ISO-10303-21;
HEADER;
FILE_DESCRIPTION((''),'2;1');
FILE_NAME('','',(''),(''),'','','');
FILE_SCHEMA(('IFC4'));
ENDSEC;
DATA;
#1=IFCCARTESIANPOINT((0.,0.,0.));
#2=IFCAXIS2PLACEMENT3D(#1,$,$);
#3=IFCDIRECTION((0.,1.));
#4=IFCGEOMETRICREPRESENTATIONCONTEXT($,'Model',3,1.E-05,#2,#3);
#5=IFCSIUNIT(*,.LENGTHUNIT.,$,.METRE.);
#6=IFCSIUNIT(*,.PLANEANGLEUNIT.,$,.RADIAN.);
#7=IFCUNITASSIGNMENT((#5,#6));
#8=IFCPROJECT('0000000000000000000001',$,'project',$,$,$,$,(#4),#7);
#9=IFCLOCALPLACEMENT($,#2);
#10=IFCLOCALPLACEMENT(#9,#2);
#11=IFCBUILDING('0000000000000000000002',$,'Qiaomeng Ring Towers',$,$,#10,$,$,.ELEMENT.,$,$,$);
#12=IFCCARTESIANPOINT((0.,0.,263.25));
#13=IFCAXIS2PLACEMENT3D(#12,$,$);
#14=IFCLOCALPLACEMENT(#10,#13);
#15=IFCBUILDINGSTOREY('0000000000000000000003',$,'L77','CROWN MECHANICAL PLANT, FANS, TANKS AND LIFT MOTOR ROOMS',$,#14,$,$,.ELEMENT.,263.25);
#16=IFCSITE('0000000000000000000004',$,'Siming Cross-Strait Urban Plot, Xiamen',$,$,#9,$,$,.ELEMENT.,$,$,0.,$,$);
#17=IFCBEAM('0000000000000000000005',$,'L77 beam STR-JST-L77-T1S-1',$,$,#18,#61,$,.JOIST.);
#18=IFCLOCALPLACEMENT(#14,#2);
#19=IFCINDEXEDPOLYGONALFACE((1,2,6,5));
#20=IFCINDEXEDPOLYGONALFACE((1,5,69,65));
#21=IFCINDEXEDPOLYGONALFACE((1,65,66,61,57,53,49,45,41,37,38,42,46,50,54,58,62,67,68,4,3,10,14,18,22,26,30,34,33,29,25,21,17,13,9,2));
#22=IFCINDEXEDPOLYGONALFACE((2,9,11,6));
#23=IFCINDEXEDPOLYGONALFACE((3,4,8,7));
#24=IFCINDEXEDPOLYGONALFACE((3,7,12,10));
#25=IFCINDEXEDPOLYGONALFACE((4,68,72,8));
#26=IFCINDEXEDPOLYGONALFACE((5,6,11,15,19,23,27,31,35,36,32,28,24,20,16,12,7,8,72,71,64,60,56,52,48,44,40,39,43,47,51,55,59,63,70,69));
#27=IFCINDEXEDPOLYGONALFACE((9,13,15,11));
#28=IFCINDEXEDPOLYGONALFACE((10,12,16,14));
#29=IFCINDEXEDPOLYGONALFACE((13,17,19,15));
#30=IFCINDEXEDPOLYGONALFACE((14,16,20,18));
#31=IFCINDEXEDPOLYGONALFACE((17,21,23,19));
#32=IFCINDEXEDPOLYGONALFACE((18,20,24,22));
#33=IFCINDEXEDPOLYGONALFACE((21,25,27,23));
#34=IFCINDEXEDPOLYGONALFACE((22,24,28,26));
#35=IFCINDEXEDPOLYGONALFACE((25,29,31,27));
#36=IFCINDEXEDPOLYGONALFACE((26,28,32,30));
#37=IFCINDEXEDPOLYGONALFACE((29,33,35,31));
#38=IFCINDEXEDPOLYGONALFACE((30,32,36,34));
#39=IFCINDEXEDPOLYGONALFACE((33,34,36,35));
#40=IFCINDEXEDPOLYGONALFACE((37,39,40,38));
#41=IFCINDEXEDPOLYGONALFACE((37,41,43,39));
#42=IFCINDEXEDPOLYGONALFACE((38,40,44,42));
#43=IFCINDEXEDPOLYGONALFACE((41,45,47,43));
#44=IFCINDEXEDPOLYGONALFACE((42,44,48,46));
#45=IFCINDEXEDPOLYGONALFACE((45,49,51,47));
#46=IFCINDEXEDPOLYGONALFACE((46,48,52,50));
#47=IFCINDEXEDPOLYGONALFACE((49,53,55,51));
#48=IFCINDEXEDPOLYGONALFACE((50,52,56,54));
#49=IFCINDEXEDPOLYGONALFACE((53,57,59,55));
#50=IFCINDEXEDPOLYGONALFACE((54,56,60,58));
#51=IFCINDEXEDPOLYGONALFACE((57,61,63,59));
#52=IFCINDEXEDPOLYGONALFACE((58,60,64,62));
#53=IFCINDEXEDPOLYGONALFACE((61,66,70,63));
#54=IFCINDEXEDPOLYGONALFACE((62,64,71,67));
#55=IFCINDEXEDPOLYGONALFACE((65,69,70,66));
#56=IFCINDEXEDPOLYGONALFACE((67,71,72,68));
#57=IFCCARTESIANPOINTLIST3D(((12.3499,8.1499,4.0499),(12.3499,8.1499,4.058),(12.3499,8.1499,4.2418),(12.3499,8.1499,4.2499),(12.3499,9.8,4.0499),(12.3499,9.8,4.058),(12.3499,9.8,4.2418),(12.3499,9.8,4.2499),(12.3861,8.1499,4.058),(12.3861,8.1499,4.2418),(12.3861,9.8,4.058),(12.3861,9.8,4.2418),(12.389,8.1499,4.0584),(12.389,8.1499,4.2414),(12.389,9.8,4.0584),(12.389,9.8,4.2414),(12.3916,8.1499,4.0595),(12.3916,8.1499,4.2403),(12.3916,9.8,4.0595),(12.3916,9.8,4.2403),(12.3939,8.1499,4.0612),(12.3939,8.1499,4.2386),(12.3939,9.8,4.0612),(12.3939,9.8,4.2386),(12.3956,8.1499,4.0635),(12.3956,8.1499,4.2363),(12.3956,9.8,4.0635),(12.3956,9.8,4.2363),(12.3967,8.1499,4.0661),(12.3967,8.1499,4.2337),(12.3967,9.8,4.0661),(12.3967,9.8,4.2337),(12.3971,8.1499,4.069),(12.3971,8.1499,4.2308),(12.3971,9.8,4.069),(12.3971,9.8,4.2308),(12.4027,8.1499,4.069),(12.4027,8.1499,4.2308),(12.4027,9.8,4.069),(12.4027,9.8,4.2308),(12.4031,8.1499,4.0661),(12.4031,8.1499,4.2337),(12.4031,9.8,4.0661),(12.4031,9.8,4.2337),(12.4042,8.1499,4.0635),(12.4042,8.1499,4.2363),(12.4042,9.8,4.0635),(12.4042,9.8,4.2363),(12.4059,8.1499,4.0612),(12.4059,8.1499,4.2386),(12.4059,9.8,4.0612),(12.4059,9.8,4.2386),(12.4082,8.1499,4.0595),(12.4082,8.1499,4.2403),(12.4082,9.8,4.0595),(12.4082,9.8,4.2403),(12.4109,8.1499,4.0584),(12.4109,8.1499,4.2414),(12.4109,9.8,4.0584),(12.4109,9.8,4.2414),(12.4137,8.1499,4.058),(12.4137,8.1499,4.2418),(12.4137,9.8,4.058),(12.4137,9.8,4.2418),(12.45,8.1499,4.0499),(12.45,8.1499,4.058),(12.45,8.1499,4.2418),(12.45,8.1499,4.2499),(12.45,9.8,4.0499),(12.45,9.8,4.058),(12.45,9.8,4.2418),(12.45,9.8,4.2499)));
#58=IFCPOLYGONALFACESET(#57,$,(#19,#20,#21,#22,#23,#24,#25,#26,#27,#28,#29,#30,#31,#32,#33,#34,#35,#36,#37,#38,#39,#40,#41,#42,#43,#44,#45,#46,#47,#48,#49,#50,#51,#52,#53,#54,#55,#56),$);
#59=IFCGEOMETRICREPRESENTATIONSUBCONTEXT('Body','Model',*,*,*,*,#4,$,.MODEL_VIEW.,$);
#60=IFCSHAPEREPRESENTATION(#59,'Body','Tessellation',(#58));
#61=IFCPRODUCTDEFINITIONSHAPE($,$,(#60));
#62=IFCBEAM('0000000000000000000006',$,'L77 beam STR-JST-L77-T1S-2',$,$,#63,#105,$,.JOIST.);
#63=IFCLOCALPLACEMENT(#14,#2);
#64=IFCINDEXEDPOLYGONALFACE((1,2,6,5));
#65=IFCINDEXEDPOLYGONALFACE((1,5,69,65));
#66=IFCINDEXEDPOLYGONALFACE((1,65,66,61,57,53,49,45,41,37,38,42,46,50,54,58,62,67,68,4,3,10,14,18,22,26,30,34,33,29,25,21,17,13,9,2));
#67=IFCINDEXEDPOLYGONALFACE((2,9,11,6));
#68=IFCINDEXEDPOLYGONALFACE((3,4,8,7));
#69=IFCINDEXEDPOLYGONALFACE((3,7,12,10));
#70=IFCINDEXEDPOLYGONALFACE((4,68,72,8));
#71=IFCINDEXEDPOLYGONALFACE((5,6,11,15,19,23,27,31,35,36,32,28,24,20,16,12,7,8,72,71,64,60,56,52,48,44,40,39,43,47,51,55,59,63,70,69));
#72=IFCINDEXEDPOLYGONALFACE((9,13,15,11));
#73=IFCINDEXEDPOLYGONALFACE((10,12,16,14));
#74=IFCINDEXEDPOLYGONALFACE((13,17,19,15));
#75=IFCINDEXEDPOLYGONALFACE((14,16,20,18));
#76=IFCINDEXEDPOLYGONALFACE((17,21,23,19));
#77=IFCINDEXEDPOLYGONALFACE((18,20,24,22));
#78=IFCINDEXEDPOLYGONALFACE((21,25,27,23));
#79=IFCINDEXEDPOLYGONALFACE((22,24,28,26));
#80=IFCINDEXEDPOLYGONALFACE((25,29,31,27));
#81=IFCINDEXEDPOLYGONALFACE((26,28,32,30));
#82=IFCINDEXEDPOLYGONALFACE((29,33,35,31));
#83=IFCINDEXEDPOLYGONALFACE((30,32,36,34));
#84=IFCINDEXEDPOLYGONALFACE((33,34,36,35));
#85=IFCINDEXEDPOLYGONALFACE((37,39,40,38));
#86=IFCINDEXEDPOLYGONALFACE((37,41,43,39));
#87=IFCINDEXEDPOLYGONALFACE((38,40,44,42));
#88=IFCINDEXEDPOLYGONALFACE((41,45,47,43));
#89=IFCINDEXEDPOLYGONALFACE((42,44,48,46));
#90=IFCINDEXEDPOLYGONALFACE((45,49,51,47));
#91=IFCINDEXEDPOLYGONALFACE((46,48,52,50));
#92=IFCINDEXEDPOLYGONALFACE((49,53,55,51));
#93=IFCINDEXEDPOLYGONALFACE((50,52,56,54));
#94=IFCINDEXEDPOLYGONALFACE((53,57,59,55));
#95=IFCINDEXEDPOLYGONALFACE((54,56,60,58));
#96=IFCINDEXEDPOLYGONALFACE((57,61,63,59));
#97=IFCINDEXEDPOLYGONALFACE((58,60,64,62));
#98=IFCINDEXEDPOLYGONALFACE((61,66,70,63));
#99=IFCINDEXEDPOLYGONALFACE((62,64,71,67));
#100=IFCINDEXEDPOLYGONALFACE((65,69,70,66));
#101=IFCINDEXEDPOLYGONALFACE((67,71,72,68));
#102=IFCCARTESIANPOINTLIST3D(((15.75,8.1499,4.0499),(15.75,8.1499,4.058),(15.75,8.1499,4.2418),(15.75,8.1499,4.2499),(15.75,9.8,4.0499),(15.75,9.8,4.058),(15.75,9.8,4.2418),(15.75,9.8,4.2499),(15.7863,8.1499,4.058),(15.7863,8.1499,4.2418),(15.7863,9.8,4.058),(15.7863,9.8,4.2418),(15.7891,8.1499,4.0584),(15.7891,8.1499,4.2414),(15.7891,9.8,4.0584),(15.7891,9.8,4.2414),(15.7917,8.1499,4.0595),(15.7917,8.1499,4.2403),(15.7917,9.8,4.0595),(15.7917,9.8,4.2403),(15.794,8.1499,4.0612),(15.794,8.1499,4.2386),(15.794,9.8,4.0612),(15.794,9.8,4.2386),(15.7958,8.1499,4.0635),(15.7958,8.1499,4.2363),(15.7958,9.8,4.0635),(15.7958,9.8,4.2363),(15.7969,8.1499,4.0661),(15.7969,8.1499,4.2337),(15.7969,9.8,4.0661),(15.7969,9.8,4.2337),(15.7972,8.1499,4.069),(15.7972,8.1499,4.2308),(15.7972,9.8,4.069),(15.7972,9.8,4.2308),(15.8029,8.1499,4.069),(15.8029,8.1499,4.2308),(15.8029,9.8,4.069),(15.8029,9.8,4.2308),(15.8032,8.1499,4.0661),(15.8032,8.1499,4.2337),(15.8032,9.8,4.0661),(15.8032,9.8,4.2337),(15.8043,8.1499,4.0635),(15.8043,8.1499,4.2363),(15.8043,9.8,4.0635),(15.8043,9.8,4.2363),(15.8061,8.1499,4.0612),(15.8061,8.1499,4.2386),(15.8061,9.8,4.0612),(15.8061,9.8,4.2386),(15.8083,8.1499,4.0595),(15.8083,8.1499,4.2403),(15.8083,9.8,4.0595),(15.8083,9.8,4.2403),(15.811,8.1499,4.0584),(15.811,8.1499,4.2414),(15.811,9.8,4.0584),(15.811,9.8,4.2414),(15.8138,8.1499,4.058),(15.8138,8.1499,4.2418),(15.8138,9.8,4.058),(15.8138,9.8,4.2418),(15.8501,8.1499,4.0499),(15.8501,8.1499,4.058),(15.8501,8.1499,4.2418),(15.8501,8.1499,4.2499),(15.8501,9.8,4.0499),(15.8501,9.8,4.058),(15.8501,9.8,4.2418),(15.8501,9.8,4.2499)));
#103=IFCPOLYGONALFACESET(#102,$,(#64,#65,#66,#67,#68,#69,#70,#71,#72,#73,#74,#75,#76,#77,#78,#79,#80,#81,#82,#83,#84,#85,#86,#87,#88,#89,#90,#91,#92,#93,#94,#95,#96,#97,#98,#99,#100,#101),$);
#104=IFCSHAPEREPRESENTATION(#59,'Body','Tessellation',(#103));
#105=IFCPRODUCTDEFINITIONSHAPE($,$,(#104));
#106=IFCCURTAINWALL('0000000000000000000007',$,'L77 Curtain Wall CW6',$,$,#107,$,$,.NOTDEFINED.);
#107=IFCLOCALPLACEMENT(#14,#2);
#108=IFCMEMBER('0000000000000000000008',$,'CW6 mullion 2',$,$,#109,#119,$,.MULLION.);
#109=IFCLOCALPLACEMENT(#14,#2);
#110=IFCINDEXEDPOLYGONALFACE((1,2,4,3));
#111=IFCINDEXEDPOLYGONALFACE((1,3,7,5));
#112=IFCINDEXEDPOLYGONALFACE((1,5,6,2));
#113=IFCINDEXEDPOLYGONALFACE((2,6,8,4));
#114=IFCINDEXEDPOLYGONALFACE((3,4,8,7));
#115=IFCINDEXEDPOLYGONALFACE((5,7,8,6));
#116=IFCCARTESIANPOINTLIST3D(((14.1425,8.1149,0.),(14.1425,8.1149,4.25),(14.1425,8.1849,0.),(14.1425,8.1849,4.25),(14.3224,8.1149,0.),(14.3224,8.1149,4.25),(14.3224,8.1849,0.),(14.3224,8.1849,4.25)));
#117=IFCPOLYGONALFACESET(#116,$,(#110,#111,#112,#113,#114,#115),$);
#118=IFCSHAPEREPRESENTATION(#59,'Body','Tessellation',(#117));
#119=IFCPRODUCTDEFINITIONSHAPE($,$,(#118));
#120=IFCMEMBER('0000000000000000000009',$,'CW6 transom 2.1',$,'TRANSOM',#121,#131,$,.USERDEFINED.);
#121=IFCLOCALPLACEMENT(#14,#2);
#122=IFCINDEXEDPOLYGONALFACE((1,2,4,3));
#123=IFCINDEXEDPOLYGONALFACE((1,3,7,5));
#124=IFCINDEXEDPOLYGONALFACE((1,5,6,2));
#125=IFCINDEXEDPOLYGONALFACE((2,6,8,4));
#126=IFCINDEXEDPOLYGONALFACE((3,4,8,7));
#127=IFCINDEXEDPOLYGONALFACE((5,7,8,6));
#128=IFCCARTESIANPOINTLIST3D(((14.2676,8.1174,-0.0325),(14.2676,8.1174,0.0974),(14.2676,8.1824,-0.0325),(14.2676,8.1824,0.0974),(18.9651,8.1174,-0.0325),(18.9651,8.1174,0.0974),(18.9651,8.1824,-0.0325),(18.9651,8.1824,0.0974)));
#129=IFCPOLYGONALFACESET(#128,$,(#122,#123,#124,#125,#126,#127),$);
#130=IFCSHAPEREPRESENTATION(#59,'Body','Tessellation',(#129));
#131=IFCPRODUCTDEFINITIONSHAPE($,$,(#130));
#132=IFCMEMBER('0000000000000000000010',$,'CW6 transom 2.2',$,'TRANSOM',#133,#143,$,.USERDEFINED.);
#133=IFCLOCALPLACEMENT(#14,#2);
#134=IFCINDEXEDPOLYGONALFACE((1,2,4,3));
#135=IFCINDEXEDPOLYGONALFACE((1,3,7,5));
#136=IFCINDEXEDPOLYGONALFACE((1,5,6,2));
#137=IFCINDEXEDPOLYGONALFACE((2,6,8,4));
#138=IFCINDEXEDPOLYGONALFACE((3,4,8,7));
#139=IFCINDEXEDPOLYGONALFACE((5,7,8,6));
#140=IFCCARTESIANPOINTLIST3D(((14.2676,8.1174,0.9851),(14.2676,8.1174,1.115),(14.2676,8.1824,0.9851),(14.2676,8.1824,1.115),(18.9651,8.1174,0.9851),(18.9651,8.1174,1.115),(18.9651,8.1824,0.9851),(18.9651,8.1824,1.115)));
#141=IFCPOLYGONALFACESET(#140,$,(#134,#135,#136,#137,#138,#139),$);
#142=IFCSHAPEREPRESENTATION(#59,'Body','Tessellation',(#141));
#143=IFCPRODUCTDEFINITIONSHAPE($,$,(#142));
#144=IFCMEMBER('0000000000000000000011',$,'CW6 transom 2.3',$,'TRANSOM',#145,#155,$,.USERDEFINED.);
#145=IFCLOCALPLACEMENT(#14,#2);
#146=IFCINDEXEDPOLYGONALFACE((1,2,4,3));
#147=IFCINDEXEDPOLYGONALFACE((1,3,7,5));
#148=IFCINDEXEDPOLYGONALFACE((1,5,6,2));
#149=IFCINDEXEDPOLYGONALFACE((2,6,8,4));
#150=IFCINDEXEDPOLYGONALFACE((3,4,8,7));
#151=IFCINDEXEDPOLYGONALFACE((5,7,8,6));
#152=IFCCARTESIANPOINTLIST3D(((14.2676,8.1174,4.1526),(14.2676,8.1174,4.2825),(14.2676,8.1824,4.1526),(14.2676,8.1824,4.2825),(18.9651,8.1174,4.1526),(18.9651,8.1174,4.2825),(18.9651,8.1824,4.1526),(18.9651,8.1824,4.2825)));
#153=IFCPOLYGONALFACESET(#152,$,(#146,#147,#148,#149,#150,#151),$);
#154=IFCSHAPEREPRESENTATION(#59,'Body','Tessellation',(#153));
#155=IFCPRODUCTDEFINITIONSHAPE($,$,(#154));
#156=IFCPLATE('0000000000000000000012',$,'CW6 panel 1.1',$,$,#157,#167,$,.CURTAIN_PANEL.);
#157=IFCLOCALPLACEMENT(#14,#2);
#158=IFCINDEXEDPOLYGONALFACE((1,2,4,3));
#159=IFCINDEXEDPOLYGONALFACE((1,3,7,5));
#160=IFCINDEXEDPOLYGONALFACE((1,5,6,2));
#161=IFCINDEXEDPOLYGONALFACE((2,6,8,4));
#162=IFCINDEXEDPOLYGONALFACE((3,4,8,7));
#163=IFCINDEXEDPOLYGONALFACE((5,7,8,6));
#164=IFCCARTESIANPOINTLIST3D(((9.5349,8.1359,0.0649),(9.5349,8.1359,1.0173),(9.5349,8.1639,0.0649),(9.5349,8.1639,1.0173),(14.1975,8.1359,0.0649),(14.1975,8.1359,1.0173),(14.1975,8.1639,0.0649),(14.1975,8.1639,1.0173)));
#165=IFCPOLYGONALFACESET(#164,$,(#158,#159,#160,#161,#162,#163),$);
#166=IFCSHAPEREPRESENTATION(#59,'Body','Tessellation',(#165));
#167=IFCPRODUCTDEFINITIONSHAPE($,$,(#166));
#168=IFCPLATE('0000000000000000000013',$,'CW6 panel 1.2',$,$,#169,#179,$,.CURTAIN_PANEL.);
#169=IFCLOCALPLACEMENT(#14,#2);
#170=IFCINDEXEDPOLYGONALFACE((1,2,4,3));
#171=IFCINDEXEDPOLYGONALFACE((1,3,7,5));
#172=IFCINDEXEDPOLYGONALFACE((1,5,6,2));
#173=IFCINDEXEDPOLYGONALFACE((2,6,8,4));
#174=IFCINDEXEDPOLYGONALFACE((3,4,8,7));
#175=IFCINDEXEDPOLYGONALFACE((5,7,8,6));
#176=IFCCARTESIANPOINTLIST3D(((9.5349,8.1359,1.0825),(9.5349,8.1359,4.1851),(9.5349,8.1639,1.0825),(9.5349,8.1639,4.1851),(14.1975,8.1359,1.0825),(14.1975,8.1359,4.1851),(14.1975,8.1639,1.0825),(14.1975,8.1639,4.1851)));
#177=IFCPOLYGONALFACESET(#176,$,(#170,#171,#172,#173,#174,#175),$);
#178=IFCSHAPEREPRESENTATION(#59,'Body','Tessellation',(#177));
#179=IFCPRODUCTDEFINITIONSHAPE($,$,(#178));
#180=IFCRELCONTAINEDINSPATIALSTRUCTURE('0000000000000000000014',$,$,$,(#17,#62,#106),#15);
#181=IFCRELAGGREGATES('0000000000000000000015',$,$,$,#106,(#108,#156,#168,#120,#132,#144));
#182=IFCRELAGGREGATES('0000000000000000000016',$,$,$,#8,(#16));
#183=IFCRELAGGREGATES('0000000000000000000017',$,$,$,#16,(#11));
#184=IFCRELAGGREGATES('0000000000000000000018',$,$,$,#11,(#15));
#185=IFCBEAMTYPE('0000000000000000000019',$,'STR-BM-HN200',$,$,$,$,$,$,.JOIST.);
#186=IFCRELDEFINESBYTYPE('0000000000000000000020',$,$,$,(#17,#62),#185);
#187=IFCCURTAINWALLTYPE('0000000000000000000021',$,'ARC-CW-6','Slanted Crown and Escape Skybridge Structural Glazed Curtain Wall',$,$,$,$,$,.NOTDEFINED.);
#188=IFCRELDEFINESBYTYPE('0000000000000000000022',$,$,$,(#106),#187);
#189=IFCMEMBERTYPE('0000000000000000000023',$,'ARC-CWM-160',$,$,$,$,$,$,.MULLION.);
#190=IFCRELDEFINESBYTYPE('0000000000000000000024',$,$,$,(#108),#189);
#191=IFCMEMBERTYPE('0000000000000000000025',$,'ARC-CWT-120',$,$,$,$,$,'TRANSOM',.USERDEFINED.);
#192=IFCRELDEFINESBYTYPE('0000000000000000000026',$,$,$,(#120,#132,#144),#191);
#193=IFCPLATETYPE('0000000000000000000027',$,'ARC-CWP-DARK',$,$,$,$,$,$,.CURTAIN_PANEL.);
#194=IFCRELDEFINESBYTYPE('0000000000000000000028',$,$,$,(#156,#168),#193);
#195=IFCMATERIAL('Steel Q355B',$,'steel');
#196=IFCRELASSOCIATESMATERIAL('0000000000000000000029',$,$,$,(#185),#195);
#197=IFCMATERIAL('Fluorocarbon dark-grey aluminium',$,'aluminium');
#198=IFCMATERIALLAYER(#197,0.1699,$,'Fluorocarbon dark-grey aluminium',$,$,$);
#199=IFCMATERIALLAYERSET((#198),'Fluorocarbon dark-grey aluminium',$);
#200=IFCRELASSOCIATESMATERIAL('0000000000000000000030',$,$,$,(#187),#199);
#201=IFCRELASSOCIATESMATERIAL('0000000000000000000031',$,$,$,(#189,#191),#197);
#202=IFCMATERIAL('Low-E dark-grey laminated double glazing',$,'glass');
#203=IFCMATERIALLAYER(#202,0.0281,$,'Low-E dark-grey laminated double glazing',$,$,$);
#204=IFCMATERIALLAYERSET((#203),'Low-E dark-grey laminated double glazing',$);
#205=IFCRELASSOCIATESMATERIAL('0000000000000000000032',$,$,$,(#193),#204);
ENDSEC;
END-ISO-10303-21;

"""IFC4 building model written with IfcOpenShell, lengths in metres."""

from ifc_helpers import new_model, si_unit, direction, frame, origin, origin_2d, place, context, subcontext, project, spatial, rectangle, i_section, extrude, source, transform, mapped, material, layer, layer_set, material_profile, profile_set, type_object, element, aggregate, save


model = new_model("IFC4")

# Units and contexts
model_context = context("Model", 3, precision=1e-05, world=origin(), true_north=direction((0.0, 1.0)))
body_context = subcontext(model_context, "Body", "Model", "MODEL_VIEW")
ifc_project = project(units=[si_unit("LENGTHUNIT", "METRE"), si_unit("PLANEANGLEUNIT", "RADIAN")], contexts=[model_context])

# Site, building, storey
site_placement = place(None, origin())
site = spatial("IfcSite", under=ifc_project, at=site_placement, Name="Siming Cross-Strait Urban Plot, Xiamen", CompositionType="ELEMENT", RefElevation=0.0)
building_placement = place(site_placement, origin())
building = spatial("IfcBuilding", under=site, at=building_placement, Name="Qiaomeng Ring Towers", CompositionType="ELEMENT")
storey_placement = place(building_placement, frame((0.0, 0.0, 263.25)))
storey = spatial("IfcBuildingStorey", under=building, at=storey_placement, Name="L77", Description="CROWN MECHANICAL PLANT, FANS, TANKS AND LIFT MOTOR ROOMS", CompositionType="ELEMENT", Elevation=263.25)

# Beams
ifc_material_1 = material(Name="Steel Q355B", Category="steel")
ifc_material_profile_1 = material_profile(ifc_material_1, i_section(OverallWidth=0.1001, OverallDepth=0.2, WebThickness=0.0056, FlangeThickness=0.0081, FilletRadius=0.011, at=origin_2d()), Name="HN 200x100x5.5x8")
ifc_profile_set_1 = profile_set([ifc_material_profile_1], Name="Steel Q355B")
beam_type = type_object("IfcBeamType", Name="STR-BM-HN200", PredefinedType="JOIST", material=ifc_profile_set_1)
shared_shape_1 = source(origin(), body_context, "Body", "SweptSolid", [
    extrude(i_section(OverallWidth=0.1001, OverallDepth=0.2, WebThickness=0.0056, FlangeThickness=0.0081, FilletRadius=0.011, at=origin_2d()), origin(), (0.0, 0.0, 1.0), 1.6501),
])
for number, where, z_axis, x_axis, name in (
    (1, (12.3999, 8.1499, 4.1499), (0.0, 1.0, 0.0), (-1.0, 0.0, 0.0), "L77 beam STR-JST-L77-T1S-1"),
    (2, (15.8, 8.1499, 4.1499), (0.0, 1.0, 0.0), (-1.0, 0.0, 0.0), "L77 beam STR-JST-L77-T1S-2"),
):
    element("IfcBeam", number, at=place(storey_placement, frame(where, z_axis=z_axis, x_axis=x_axis)), inside=storey, type_object=beam_type, Name=name, PredefinedType="JOIST", context=body_context, shape_type="MappedRepresentation", body=[
        mapped(shared_shape_1, transform((0.0, 0.0, 0.0), x_axis=(1.0, 0.0, 0.0), y_axis=(0.0, 1.0, 0.0), z_axis=(0.0, 0.0, 1.0), scale=1.0)),
    ])

# Curtain wall, members, plates
ifc_material_2 = material(Name="Fluorocarbon dark-grey aluminium", Category="aluminium")
ifc_layer_1 = layer(ifc_material_2, 0.1699, Name="Fluorocarbon dark-grey aluminium")
ifc_layer_set_1 = layer_set([ifc_layer_1], Name="Fluorocarbon dark-grey aluminium")
curtain_wall_type = type_object("IfcCurtainWallType", Name="ARC-CW-6", Description="Slanted Crown and Escape Skybridge Structural Glazed Curtain Wall", PredefinedType="NOTDEFINED", material=ifc_layer_set_1)
curtain_wall_placement = place(storey_placement, origin())
curtain_wall = element("IfcCurtainWall", 3, at=curtain_wall_placement, inside=storey, type_object=curtain_wall_type, Name="L77 Curtain Wall CW6", PredefinedType="NOTDEFINED")
ifc_material_profile_2 = material_profile(ifc_material_2, rectangle(XDim=0.0701, YDim=0.1799, at=origin_2d()), Name="ALU MULL 70x180")
ifc_profile_set_2 = profile_set([ifc_material_profile_2], Name="Fluorocarbon dark-grey aluminium")
member_type_1 = type_object("IfcMemberType", Name="ARC-CWM-160", PredefinedType="MULLION", material=ifc_profile_set_2)
shared_shape_2 = source(origin(), body_context, "Body", "SweptSolid", [
    extrude(rectangle(XDim=0.0701, YDim=0.1799, at=origin_2d()), origin(), (0.0, 0.0, 1.0), 4.25),
])
member_1_placement = place(storey_placement, frame((14.2324, 8.1499, 0.0), z_axis=(0.0, 0.0, 1.0), x_axis=(0.0, 1.0, 0.0)))
member_1 = element("IfcMember", 4, at=member_1_placement, type_object=member_type_1, Name="CW6 mullion 2", PredefinedType="MULLION", context=body_context, shape_type="MappedRepresentation", body=[
    mapped(shared_shape_2, transform((0.0, 0.0, 0.0), x_axis=(1.0, 0.0, 0.0), y_axis=(0.0, 1.0, 0.0), z_axis=(0.0, 0.0, 1.0), scale=1.0)),
])
ifc_material_profile_3 = material_profile(ifc_material_2, rectangle(XDim=0.0649, YDim=0.1299, at=origin_2d()), Name="ALU TRAN 65x130")
ifc_profile_set_3 = profile_set([ifc_material_profile_3], Name="Fluorocarbon dark-grey aluminium")
member_type_2 = type_object("IfcMemberType", Name="ARC-CWT-120", ElementType="TRANSOM", PredefinedType="USERDEFINED", material=ifc_profile_set_3)
shared_shape_3 = source(origin(), body_context, "Body", "SweptSolid", [
    extrude(rectangle(XDim=0.0649, YDim=0.1299, at=origin_2d()), origin(), (0.0, 0.0, 1.0), 4.6975),
])
member_2_placement = place(storey_placement, frame((14.2676, 8.1499, 0.0325), z_axis=(1.0, 0.0, 0.0), x_axis=(0.0, 1.0, 0.0)))
member_2 = element("IfcMember", 5, at=member_2_placement, type_object=member_type_2, Name="CW6 transom 2.1", ObjectType="TRANSOM", PredefinedType="USERDEFINED", context=body_context, shape_type="MappedRepresentation", body=[
    mapped(shared_shape_3, transform((0.0, 0.0, 0.0), x_axis=(1.0, 0.0, 0.0), y_axis=(0.0, 1.0, 0.0), z_axis=(0.0, 0.0, 1.0), scale=1.0)),
])
member_3_placement = place(storey_placement, frame((14.2676, 8.1499, 1.05), z_axis=(1.0, 0.0, 0.0), x_axis=(0.0, 1.0, 0.0)))
member_3 = element("IfcMember", 6, at=member_3_placement, type_object=member_type_2, Name="CW6 transom 2.2", ObjectType="TRANSOM", PredefinedType="USERDEFINED", context=body_context, shape_type="MappedRepresentation", body=[
    mapped(shared_shape_3, transform((0.0, 0.0, 0.0), x_axis=(1.0, 0.0, 0.0), y_axis=(0.0, 1.0, 0.0), z_axis=(0.0, 0.0, 1.0), scale=1.0)),
])
member_4_placement = place(storey_placement, frame((14.2676, 8.1499, 4.2175), z_axis=(1.0, 0.0, 0.0), x_axis=(0.0, 1.0, 0.0)))
member_4 = element("IfcMember", 7, at=member_4_placement, type_object=member_type_2, Name="CW6 transom 2.3", ObjectType="TRANSOM", PredefinedType="USERDEFINED", context=body_context, shape_type="MappedRepresentation", body=[
    mapped(shared_shape_3, transform((0.0, 0.0, 0.0), x_axis=(1.0, 0.0, 0.0), y_axis=(0.0, 1.0, 0.0), z_axis=(0.0, 0.0, 1.0), scale=1.0)),
])
ifc_material_3 = material(Name="Low-E dark-grey laminated double glazing", Category="glass")
ifc_layer_2 = layer(ifc_material_3, 0.0281, Name="Low-E dark-grey laminated double glazing")
ifc_layer_set_2 = layer_set([ifc_layer_2], Name="Low-E dark-grey laminated double glazing")
plate_type = type_object("IfcPlateType", Name="ARC-CWP-DARK", PredefinedType="CURTAIN_PANEL", material=ifc_layer_set_2)
shared_shape_4 = source(origin(), body_context, "Body", "SweptSolid", [
    extrude(rectangle(XDim=4.6626, YDim=0.0281, at=origin_2d()), origin(), (0.0, 0.0, 1.0), 0.9524),
])
plate_1_placement = place(storey_placement, frame((11.8662, 8.1499, 0.0649), z_axis=(0.0, 0.0, 1.0), x_axis=(1.0, 0.0, 0.0)))
plate_1 = element("IfcPlate", 8, at=plate_1_placement, type_object=plate_type, Name="CW6 panel 1.1", PredefinedType="CURTAIN_PANEL", context=body_context, shape_type="MappedRepresentation", body=[
    mapped(shared_shape_4, transform((0.0, 0.0, 0.0), x_axis=(1.0, 0.0, 0.0), y_axis=(0.0, 1.0, 0.0), z_axis=(0.0, 0.0, 1.0), scale=1.0)),
])
shared_shape_5 = source(origin(), body_context, "Body", "SweptSolid", [
    extrude(rectangle(XDim=4.6626, YDim=0.0281, at=origin_2d()), origin(), (0.0, 0.0, 1.0), 3.1025),
])
plate_2_placement = place(storey_placement, frame((11.8662, 8.1499, 1.0825), z_axis=(0.0, 0.0, 1.0), x_axis=(1.0, 0.0, 0.0)))
plate_2 = element("IfcPlate", 9, at=plate_2_placement, type_object=plate_type, Name="CW6 panel 1.2", PredefinedType="CURTAIN_PANEL", context=body_context, shape_type="MappedRepresentation", body=[
    mapped(shared_shape_5, transform((0.0, 0.0, 0.0), x_axis=(1.0, 0.0, 0.0), y_axis=(0.0, 1.0, 0.0), z_axis=(0.0, 0.0, 1.0), scale=1.0)),
])
aggregate(curtain_wall, [member_1, plate_1, plate_2, member_2, member_3, member_4])

save(model, "model.ifc")
